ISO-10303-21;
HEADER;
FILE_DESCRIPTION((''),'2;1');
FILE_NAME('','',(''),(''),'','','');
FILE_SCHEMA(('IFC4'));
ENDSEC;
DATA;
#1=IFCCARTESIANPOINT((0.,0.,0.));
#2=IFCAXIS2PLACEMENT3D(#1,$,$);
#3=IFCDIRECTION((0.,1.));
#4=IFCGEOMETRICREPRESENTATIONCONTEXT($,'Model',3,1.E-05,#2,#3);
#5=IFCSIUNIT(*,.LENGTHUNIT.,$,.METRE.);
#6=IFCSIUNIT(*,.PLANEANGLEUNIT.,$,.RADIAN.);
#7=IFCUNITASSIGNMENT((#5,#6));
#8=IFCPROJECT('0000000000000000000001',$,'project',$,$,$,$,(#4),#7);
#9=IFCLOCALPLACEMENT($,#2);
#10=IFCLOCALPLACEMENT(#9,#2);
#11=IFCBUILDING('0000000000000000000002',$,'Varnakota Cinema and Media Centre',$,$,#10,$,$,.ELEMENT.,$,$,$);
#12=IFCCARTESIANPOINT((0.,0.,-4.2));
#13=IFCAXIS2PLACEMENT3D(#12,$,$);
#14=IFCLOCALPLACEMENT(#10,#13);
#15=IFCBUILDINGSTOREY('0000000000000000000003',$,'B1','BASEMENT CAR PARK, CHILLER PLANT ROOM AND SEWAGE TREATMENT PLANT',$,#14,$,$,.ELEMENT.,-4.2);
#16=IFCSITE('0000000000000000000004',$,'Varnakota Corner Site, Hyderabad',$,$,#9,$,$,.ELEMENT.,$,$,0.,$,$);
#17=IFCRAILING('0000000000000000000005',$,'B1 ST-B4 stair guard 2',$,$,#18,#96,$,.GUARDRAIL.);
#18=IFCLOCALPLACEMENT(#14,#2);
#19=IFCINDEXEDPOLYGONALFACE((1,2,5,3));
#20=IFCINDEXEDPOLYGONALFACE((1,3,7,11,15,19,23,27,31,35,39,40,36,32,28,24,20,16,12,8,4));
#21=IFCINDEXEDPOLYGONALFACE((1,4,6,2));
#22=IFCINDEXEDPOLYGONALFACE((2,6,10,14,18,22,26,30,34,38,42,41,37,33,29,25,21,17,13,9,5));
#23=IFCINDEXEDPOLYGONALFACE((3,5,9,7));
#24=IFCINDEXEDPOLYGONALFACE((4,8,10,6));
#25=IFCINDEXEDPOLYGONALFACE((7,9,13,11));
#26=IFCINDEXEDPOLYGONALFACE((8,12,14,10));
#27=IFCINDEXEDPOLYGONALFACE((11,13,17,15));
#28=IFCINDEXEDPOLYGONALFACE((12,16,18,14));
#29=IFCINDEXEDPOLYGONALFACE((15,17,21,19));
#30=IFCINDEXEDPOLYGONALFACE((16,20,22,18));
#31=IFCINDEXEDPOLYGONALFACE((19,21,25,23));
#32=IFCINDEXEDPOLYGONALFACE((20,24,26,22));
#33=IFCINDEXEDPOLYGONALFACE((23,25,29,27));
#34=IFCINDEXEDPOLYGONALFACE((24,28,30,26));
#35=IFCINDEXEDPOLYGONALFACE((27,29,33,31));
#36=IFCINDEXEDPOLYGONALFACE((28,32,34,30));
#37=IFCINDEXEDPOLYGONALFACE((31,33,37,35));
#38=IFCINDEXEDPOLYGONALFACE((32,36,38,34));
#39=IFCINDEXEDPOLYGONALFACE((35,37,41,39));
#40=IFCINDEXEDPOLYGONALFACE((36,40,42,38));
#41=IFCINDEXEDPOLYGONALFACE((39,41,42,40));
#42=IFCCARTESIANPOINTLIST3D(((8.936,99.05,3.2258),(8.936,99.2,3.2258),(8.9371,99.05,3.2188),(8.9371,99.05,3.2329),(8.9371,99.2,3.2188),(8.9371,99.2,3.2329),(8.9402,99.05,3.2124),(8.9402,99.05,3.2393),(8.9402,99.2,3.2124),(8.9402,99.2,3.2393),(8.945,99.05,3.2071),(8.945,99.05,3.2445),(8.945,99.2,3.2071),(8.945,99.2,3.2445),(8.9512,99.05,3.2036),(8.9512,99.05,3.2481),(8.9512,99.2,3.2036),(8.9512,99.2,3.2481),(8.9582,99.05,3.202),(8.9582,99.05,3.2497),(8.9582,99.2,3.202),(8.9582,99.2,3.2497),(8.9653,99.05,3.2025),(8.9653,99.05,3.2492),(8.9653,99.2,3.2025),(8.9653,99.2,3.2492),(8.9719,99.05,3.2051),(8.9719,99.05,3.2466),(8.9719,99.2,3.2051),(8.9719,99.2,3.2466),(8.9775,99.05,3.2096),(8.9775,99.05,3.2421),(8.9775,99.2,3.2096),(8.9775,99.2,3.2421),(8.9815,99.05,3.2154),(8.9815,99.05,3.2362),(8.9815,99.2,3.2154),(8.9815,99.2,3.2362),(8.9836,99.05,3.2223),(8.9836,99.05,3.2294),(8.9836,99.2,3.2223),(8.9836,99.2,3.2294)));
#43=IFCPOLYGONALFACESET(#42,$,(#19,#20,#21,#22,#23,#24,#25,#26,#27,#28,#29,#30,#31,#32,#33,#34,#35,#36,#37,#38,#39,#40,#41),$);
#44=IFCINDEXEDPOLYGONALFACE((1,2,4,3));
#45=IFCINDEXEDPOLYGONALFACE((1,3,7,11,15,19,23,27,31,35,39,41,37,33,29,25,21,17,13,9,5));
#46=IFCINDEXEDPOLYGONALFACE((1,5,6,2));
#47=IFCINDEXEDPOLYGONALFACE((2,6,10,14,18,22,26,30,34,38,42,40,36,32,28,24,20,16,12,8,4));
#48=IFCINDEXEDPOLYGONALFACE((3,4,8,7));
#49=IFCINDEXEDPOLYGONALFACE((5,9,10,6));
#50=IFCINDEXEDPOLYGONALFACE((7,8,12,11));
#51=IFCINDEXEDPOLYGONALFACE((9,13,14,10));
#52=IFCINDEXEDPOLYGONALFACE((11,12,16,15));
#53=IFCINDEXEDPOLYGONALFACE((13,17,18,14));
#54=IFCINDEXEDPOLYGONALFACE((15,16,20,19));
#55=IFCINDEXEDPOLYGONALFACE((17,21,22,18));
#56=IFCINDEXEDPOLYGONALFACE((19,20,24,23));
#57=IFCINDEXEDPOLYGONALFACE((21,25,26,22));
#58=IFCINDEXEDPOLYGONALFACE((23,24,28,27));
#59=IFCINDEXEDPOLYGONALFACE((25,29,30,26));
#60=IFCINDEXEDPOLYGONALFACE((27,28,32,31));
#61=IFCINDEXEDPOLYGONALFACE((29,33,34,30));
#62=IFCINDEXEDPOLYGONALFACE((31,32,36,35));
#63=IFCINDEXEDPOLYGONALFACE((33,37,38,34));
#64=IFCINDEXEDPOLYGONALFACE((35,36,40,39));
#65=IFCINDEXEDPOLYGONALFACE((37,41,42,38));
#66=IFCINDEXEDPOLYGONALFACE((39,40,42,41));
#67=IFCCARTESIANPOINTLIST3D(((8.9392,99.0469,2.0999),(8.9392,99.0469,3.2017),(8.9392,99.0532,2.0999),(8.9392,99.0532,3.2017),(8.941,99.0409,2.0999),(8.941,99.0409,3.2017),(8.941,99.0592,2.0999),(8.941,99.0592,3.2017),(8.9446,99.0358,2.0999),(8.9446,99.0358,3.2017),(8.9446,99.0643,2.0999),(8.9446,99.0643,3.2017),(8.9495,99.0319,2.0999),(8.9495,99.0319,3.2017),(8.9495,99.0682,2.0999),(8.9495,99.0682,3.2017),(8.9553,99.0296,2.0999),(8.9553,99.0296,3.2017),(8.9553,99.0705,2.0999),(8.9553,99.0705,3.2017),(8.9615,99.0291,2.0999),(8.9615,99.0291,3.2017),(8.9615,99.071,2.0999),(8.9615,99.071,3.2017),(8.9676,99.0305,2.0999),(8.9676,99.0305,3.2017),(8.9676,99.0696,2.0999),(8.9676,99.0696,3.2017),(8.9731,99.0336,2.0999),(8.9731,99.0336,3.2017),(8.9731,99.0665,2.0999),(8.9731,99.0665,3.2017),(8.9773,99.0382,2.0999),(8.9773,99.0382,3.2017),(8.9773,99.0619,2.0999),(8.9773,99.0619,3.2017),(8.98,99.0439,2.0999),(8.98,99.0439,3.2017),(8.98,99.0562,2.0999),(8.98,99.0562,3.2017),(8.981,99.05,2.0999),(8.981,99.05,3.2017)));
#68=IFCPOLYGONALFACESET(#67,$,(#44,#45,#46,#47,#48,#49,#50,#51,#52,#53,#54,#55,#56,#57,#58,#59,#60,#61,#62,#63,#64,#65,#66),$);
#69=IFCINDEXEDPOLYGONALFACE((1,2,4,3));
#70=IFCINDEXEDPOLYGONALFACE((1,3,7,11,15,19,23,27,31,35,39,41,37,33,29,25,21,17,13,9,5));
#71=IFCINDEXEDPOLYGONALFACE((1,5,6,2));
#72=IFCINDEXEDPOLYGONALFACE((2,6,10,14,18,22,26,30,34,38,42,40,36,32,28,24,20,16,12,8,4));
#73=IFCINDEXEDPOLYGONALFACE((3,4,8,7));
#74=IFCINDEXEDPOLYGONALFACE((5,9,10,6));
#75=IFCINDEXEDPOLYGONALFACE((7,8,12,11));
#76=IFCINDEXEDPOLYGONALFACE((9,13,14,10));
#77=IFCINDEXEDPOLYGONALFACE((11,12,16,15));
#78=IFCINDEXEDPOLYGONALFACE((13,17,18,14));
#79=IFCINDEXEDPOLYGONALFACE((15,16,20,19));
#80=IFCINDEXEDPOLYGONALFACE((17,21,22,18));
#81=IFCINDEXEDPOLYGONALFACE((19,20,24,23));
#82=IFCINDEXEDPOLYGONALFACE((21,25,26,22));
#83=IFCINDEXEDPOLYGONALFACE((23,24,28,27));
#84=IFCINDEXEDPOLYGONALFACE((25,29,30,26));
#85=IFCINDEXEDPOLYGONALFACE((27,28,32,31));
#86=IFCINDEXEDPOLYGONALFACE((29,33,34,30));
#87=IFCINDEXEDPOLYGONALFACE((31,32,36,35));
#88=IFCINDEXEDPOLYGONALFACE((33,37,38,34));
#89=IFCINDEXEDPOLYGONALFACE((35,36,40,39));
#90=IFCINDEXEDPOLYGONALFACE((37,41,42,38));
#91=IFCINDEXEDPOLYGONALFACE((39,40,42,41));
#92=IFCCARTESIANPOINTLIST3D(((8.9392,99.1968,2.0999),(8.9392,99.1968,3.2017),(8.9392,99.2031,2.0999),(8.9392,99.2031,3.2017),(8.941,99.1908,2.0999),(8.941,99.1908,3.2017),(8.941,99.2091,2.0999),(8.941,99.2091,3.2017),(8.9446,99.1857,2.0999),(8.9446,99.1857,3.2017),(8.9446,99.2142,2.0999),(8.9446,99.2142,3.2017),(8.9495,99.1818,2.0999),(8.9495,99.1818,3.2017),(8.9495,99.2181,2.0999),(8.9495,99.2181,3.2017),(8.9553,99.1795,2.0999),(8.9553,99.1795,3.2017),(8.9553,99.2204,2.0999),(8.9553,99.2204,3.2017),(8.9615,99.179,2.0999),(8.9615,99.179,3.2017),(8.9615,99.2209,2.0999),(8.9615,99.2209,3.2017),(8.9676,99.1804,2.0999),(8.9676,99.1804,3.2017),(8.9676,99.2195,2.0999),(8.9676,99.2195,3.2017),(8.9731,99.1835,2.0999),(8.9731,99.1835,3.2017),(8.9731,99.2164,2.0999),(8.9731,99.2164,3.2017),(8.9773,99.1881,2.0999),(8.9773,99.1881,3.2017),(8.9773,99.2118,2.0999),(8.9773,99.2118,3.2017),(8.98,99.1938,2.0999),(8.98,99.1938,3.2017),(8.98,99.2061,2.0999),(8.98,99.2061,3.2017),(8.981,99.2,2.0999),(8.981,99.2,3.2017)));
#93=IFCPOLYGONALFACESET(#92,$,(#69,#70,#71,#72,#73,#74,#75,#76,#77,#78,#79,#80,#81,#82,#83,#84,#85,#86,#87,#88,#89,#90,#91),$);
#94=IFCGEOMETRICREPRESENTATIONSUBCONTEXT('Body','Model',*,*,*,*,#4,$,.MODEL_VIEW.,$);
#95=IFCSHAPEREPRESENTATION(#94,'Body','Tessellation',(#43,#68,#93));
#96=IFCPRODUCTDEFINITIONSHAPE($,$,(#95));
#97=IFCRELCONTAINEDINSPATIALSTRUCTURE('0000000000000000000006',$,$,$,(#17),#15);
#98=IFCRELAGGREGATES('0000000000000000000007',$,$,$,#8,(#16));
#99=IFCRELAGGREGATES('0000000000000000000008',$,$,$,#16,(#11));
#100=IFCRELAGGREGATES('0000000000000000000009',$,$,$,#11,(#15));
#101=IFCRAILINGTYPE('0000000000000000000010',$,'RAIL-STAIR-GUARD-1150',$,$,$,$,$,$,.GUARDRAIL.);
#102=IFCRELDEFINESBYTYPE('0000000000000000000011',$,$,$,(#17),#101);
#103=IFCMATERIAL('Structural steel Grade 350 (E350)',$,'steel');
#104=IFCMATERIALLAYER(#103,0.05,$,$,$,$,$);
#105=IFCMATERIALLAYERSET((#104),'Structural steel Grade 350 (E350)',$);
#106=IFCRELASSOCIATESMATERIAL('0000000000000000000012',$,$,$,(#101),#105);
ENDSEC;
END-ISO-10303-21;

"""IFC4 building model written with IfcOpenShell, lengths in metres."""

from ifc_helpers import new_model, si_unit, direction, frame, origin, origin_2d, place, context, subcontext, project, spatial, circle, extrude, material, layer, layer_set, type_object, element, save


model = new_model("IFC4")

# Units and contexts
model_context = context("Model", 3, precision=1e-05, world=origin(), true_north=direction((0.0, 1.0)))
body_context = subcontext(model_context, "Body", "Model", "MODEL_VIEW")
ifc_project = project(units=[si_unit("LENGTHUNIT", "METRE"), si_unit("PLANEANGLEUNIT", "RADIAN")], contexts=[model_context])

# Site, building, storey
site_placement = place(None, origin())
site = spatial("IfcSite", under=ifc_project, at=site_placement, Name="Varnakota Corner Site, Hyderabad", CompositionType="ELEMENT", RefElevation=0.0)
building_placement = place(site_placement, origin())
building = spatial("IfcBuilding", under=site, at=building_placement, Name="Varnakota Cinema and Media Centre", CompositionType="ELEMENT")
storey_placement = place(building_placement, frame((0.0, 0.0, -4.2)))
storey = spatial("IfcBuildingStorey", under=building, at=storey_placement, Name="B1", Description="BASEMENT CAR PARK, CHILLER PLANT ROOM AND SEWAGE TREATMENT PLANT", CompositionType="ELEMENT", Elevation=-4.2)

# Railing
ifc_material_1 = material(Name="Structural steel Grade 350 (E350)", Category="steel")
ifc_layer_1 = layer(ifc_material_1, 0.05)
ifc_layer_set_1 = layer_set([ifc_layer_1], Name="Structural steel Grade 350 (E350)")
railing_type_1 = type_object("IfcRailingType", Name="RAIL-STAIR-GUARD-1150", PredefinedType="GUARDRAIL", material=ifc_layer_set_1)
railing_1_placement = place(storey_placement, frame((8.96, 99.05, 2.0999)))
element("IfcRailing", 1, at=railing_1_placement, inside=storey, type_object=railing_type_1, Name="B1 ST-B4 stair guard 2", PredefinedType="GUARDRAIL", context=body_context, shape_type="SweptSolid", body=[
    extrude(circle(Radius=0.0239, at=origin_2d()), frame((0.0, 0.0, 1.126), z_axis=(0.0, 1.0, 0.0), x_axis=(-1.0, 0.0, 0.0)), (0.0, 0.0, 1.0), 0.1499),
    extrude(circle(Radius=0.021, at=origin_2d()), origin(), (0.0, 0.0, 1.0), 1.1018),
    extrude(circle(Radius=0.021, at=origin_2d()), frame((0.0, 0.1499, 0.0)), (0.0, 0.0, 1.0), 1.1018),
])

save(model, "model.ifc")
